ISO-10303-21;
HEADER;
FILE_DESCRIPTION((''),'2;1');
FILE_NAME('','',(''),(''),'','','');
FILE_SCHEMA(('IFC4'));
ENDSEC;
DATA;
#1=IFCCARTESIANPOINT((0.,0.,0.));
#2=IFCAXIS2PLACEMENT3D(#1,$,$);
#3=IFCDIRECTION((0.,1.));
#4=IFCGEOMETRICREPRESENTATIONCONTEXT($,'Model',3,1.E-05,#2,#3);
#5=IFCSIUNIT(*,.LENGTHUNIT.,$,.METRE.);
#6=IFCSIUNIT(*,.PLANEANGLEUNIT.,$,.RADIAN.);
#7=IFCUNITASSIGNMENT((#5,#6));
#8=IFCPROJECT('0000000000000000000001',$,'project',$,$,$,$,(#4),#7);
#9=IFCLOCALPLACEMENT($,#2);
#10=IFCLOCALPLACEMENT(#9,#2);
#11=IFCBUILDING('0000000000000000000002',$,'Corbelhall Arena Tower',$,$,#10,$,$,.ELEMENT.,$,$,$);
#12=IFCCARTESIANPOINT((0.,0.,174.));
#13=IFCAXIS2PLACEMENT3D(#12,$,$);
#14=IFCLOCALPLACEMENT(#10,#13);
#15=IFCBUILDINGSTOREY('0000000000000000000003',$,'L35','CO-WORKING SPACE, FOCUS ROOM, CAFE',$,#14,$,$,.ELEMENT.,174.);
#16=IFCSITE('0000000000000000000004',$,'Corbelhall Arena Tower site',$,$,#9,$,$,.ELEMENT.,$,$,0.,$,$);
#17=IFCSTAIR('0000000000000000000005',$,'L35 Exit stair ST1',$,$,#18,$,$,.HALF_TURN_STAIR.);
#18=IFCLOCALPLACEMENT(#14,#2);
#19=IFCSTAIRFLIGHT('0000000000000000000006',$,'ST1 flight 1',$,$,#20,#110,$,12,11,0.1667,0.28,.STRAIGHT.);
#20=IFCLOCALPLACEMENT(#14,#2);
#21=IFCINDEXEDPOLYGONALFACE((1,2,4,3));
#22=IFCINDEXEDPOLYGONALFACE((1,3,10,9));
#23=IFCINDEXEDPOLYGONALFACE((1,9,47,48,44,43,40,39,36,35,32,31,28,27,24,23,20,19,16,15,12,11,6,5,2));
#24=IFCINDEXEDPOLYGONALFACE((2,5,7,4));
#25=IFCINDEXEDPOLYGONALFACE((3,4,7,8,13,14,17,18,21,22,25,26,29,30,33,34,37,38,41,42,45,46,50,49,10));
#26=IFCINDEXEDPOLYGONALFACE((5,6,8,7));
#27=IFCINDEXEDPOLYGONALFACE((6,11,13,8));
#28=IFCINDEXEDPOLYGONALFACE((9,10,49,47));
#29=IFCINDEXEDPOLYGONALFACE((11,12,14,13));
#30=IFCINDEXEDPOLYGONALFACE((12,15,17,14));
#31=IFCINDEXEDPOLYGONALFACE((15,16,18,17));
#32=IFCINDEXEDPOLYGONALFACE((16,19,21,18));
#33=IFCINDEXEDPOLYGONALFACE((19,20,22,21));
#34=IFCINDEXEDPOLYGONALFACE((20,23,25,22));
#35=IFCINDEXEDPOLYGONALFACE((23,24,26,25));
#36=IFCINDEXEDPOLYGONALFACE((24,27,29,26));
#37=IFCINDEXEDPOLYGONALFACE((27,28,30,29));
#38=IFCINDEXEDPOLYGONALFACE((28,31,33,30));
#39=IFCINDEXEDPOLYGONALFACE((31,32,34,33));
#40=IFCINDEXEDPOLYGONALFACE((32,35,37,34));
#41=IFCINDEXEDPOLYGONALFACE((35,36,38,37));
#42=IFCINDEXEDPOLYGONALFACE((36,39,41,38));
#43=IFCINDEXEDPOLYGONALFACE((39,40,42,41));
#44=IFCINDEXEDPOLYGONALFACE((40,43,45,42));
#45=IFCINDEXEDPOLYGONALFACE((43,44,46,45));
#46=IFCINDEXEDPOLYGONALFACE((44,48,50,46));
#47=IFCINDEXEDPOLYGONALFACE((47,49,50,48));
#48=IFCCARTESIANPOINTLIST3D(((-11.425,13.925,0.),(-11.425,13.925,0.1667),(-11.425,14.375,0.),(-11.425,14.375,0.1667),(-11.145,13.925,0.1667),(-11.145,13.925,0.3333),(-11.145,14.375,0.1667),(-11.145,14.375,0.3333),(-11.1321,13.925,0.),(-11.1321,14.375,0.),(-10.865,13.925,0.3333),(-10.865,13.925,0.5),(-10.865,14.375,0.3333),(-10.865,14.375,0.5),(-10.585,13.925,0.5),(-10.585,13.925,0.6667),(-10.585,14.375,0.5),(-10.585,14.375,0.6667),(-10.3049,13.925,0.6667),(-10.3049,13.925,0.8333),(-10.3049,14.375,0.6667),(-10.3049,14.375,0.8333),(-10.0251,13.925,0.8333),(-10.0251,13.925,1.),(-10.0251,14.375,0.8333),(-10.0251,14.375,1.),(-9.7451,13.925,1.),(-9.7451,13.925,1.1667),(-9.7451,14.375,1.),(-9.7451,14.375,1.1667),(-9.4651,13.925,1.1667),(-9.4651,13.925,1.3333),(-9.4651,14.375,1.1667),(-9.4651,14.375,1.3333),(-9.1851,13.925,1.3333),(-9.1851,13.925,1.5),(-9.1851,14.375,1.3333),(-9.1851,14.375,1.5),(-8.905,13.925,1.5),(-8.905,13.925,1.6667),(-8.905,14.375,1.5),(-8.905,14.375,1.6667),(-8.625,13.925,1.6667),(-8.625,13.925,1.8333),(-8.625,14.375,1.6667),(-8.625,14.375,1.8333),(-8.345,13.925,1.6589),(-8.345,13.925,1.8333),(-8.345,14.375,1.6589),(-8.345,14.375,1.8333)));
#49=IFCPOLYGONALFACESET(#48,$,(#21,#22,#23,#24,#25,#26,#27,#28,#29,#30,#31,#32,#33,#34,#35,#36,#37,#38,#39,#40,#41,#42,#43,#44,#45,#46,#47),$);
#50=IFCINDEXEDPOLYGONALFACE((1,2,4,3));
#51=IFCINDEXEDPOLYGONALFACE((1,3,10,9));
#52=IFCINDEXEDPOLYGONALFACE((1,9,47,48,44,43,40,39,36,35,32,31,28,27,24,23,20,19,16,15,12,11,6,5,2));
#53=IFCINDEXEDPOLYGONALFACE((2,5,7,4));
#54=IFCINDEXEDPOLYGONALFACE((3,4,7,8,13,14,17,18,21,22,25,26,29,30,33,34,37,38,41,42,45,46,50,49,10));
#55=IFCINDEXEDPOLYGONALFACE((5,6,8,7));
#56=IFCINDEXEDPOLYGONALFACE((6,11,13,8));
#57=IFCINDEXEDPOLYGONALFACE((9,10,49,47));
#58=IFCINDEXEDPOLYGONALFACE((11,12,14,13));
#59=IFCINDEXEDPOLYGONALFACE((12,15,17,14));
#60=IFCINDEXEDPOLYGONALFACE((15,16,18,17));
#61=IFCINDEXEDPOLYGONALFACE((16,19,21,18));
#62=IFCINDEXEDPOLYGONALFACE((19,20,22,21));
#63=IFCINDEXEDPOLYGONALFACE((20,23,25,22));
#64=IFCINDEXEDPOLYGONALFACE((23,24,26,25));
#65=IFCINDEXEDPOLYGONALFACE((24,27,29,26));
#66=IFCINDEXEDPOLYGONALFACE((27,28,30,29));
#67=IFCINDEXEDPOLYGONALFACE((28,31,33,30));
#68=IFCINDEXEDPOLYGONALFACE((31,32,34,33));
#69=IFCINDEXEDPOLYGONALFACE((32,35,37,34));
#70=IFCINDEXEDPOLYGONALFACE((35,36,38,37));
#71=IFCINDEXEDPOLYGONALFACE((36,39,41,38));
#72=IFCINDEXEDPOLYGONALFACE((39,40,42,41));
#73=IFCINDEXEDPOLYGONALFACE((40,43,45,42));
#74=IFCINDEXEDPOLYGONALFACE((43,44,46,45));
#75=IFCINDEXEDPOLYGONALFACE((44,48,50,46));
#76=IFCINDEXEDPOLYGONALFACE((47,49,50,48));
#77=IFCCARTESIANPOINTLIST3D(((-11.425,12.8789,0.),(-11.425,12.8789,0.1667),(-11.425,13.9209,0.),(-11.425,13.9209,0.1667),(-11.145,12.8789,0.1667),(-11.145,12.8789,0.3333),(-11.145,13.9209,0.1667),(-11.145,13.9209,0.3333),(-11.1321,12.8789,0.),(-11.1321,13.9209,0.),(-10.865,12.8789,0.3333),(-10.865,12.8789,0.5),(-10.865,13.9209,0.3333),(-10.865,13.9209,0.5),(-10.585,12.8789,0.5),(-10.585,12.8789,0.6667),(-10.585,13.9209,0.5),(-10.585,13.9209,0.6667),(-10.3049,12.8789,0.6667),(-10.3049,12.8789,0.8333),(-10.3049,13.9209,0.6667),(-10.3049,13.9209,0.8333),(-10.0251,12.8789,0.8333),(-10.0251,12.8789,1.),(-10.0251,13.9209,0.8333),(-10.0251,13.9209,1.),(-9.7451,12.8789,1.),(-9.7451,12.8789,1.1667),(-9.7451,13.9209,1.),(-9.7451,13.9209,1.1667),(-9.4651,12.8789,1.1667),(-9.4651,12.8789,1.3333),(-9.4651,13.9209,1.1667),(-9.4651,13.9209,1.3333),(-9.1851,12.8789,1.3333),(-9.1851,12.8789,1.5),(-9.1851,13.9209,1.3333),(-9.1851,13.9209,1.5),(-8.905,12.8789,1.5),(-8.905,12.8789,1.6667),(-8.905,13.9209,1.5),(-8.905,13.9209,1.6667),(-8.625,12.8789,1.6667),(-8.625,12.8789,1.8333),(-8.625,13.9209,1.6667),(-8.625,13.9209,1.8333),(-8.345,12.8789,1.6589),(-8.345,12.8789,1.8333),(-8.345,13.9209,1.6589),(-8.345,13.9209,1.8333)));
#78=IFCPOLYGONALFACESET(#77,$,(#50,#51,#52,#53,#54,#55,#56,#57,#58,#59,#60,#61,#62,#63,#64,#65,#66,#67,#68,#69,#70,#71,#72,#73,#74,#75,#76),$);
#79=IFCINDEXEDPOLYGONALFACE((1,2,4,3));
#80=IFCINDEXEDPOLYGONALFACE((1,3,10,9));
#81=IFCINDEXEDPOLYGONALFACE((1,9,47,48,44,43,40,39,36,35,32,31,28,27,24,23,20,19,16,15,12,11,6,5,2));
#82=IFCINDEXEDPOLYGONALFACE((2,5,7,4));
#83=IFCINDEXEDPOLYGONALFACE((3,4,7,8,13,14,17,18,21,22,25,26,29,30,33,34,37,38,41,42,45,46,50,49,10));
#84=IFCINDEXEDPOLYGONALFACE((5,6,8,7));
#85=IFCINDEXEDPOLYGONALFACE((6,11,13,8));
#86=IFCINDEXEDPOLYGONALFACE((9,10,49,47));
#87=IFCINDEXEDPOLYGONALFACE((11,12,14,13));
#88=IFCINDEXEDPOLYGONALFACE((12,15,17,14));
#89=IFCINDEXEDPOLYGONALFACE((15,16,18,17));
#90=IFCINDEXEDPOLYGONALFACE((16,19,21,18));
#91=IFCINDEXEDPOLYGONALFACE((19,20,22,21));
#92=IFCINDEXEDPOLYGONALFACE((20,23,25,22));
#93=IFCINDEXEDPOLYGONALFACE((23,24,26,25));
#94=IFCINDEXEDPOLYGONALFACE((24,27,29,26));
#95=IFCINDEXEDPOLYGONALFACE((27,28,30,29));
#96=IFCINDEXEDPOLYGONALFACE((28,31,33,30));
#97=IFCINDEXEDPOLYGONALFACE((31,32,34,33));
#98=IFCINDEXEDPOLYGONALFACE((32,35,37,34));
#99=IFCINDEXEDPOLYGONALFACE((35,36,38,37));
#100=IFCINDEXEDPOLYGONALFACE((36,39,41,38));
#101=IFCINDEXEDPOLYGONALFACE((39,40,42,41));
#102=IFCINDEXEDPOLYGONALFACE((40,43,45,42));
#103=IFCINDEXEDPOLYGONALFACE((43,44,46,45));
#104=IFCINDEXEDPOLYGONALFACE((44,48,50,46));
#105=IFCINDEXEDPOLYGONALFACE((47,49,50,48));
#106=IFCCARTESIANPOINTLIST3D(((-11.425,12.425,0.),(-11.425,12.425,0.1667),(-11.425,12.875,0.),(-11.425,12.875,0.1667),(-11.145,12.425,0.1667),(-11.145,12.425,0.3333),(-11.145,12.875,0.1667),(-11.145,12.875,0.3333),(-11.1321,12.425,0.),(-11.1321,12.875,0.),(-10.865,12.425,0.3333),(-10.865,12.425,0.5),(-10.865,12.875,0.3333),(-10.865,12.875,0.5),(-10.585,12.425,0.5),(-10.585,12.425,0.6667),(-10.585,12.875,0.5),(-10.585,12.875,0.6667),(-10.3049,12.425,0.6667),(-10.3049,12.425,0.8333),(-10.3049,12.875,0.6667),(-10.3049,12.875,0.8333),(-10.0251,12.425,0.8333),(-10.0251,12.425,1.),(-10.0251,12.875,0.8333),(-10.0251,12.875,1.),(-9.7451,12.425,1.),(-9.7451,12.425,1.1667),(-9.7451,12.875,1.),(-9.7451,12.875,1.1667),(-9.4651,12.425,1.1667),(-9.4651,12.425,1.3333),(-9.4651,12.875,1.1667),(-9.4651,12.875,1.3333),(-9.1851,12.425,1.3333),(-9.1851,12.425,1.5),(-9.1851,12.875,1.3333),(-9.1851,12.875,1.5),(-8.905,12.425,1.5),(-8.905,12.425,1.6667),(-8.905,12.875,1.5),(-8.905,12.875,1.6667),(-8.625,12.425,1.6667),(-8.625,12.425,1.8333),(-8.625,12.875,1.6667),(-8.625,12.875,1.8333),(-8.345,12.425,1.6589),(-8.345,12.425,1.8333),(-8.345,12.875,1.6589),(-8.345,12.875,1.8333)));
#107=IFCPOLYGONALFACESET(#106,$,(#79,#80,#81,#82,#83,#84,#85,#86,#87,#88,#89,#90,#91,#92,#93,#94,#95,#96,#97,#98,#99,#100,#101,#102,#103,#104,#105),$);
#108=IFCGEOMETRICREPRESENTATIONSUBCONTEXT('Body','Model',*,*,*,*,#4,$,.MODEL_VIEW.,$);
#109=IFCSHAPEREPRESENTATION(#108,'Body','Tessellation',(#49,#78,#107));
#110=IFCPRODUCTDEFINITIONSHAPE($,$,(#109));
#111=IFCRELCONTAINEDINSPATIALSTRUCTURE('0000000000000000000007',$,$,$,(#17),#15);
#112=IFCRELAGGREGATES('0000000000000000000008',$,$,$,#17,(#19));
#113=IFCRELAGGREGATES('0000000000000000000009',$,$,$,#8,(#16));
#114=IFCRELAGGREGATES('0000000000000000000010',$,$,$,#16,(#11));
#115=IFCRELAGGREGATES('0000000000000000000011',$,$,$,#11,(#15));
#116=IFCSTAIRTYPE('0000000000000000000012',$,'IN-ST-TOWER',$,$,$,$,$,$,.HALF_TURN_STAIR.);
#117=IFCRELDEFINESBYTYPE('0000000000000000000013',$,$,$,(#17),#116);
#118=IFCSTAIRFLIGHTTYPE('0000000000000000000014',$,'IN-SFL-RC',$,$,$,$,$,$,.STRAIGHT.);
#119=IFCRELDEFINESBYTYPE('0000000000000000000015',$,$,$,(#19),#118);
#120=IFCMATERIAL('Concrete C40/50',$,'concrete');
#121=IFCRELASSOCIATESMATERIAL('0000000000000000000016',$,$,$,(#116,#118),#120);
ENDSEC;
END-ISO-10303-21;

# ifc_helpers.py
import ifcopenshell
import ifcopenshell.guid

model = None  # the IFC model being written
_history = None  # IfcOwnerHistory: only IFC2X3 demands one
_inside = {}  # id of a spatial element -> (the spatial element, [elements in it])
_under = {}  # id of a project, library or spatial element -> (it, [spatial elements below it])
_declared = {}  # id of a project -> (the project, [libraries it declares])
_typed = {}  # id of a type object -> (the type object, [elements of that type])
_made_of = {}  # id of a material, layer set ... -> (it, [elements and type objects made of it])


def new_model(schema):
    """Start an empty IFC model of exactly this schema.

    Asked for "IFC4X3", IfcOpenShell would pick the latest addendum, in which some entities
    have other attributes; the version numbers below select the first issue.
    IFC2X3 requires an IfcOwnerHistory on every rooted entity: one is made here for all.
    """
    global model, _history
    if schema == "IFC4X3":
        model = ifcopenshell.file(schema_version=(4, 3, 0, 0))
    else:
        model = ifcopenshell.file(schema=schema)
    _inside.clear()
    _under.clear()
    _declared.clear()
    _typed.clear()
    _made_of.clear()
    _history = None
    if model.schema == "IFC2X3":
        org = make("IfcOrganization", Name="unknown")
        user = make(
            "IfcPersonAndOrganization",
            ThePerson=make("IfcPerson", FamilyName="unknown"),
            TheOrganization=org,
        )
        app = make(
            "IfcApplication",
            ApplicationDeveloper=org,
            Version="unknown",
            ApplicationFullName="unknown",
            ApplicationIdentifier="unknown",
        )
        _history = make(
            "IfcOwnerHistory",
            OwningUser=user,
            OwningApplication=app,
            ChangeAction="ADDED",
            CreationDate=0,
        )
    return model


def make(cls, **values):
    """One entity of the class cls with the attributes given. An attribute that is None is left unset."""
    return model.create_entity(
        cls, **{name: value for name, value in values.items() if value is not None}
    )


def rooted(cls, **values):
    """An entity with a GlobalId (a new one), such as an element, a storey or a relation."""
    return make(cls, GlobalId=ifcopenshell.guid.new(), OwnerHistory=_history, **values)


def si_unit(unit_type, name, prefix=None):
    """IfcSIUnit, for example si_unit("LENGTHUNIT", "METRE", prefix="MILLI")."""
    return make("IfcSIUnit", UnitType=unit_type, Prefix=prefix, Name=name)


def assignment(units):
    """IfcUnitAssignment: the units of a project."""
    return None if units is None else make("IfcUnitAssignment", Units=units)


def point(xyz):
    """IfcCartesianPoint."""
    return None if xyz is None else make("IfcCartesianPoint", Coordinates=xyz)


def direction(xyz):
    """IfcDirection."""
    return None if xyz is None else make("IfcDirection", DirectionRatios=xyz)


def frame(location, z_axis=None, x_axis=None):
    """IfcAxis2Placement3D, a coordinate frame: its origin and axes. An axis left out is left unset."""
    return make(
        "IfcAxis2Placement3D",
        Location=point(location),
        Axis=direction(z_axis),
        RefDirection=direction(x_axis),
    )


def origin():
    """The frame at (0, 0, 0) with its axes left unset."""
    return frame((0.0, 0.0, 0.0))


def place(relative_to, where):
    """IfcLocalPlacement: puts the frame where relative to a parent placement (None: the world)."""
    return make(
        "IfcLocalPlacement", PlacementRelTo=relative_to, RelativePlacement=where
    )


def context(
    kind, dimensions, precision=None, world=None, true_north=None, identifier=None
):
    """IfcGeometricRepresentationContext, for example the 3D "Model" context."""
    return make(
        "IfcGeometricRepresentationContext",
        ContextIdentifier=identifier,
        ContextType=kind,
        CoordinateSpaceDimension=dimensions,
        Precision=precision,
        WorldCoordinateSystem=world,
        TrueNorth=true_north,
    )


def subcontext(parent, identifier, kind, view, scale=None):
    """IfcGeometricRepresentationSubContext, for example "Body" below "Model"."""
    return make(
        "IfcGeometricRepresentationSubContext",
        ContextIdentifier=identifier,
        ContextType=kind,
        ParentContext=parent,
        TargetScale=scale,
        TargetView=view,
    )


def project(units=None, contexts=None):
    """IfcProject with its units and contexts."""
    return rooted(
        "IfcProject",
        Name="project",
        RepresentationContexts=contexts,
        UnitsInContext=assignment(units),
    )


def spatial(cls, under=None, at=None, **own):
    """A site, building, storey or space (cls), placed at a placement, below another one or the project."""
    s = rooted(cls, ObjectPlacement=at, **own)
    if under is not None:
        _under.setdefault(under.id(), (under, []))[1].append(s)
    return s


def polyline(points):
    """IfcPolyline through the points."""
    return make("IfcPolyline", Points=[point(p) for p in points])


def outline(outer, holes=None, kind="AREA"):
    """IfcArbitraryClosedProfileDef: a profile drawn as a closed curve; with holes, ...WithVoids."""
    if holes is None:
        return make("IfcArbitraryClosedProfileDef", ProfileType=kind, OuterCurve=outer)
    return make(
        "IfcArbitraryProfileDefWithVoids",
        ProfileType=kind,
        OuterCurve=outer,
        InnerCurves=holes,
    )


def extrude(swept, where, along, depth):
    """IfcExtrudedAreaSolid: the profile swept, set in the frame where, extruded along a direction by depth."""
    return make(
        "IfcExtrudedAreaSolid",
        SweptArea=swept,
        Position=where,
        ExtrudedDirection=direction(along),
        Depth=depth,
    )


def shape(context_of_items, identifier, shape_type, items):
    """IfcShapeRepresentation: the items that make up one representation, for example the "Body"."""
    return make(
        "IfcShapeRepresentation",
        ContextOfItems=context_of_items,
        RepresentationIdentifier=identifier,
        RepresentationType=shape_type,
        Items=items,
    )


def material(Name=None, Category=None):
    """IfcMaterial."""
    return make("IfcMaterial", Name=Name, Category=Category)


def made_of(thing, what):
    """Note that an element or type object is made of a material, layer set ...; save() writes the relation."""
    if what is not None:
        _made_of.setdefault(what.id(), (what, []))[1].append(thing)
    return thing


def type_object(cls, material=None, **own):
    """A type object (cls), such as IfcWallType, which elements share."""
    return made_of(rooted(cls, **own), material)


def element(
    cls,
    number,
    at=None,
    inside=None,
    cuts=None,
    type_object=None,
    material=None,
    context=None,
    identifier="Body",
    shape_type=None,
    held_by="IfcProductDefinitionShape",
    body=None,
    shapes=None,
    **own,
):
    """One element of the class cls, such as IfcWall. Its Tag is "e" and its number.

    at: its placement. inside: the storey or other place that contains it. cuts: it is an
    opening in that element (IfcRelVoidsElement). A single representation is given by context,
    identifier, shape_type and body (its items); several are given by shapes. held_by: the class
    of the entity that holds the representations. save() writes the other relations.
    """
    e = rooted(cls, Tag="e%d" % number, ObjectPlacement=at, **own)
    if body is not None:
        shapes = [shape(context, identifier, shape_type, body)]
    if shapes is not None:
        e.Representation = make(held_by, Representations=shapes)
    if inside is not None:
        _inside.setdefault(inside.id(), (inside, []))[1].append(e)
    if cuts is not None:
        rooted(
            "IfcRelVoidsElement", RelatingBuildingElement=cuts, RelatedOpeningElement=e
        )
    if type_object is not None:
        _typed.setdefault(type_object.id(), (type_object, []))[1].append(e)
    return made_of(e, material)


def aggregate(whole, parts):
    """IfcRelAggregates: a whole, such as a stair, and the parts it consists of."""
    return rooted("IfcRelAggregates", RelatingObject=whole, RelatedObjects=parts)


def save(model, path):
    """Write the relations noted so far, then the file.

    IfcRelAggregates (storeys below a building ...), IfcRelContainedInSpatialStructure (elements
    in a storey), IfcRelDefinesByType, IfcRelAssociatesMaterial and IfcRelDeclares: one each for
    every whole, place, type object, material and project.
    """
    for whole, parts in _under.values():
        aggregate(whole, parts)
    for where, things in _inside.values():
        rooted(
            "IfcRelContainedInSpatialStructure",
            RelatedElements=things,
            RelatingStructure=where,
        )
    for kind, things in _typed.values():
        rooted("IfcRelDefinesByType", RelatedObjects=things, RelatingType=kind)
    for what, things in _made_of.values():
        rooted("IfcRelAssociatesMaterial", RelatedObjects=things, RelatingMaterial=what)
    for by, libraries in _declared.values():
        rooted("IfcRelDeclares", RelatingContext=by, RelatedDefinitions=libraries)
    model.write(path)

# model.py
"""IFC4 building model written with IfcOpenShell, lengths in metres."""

from ifc_helpers import new_model, si_unit, direction, frame, origin, place, context, subcontext, project, spatial, polyline, outline, extrude, material, type_object, element, aggregate, save


model = new_model("IFC4")

# Units and contexts
model_context = context("Model", 3, precision=1e-05, world=origin(), true_north=direction((0.0, 1.0)))
body_context = subcontext(model_context, "Body", "Model", "MODEL_VIEW")
ifc_project = project(units=[si_unit("LENGTHUNIT", "METRE"), si_unit("PLANEANGLEUNIT", "RADIAN")], contexts=[model_context])

# Site, building, storey
site_placement = place(None, origin())
site = spatial("IfcSite", under=ifc_project, at=site_placement, Name="Corbelhall Arena Tower site", CompositionType="ELEMENT", RefElevation=0.0)
building_placement = place(site_placement, origin())
building = spatial("IfcBuilding", under=site, at=building_placement, Name="Corbelhall Arena Tower", CompositionType="ELEMENT")
storey_placement = place(building_placement, frame((0.0, 0.0, 174.0)))
storey = spatial("IfcBuildingStorey", under=building, at=storey_placement, Name="L35", Description="CO-WORKING SPACE, FOCUS ROOM, CAFE", CompositionType="ELEMENT", Elevation=174.0)

# Shared definitions
ifc_material_1 = material(Name="Concrete C40/50", Category="concrete")

# Stair, stair flight
stair_type = type_object("IfcStairType", Name="IN-ST-TOWER", PredefinedType="HALF_TURN_STAIR", material=ifc_material_1)
stair_placement = place(storey_placement, origin())
stair = element("IfcStair", 1, at=stair_placement, inside=storey, type_object=stair_type, Name="L35 Exit stair ST1", PredefinedType="HALF_TURN_STAIR")
stair_flight_type = type_object("IfcStairFlightType", Name="IN-SFL-RC", PredefinedType="STRAIGHT", material=ifc_material_1)
stair_flight_placement = place(storey_placement, frame((-11.425, 13.3999, 0.0), z_axis=(0.0, 0.0, 1.0), x_axis=(1.0, 0.0, 0.0)))
stair_flight = element("IfcStairFlight", 2, at=stair_flight_placement, type_object=stair_flight_type, Name="ST1 flight 1", NumberOfRisers=12, NumberOfTreads=11, PredefinedType="STRAIGHT", RiserHeight=0.1667, TreadLength=0.28, context=body_context, shape_type="SweptSolid", body=[
    extrude(outline(polyline([(0.0, 0.0), (0.0, 0.1667), (0.28, 0.1667), (0.28, 0.3333), (0.5601, 0.3333), (0.5601, 0.5), (0.8401, 0.5), (0.8401, 0.6667), (1.1201, 0.6667), (1.1201, 0.8333), (1.3999, 0.8333), (1.3999, 1.0), (1.6799, 1.0), (1.6799, 1.1667), (1.96, 1.1667), (1.96, 1.3333), (2.24, 1.3333), (2.24, 1.5), (2.52, 1.5), (2.52, 1.6667), (2.8, 1.6667), (2.8, 1.8333), (3.0801, 1.8333), (3.0801, 2.0), (3.0801, 1.6589), (0.293, 0.0), (0.0, 0.0)])), frame((0.0, 0.9751, 0.0), z_axis=(0.0, -1.0, 0.0), x_axis=(1.0, 0.0, 0.0)), (0.0, 0.0, 1.0), 0.45),
    extrude(outline(polyline([(0.0, 0.0), (0.0, 0.1667), (0.28, 0.1667), (0.28, 0.3333), (0.5601, 0.3333), (0.5601, 0.5), (0.8401, 0.5), (0.8401, 0.6667), (1.1201, 0.6667), (1.1201, 0.8333), (1.3999, 0.8333), (1.3999, 1.0), (1.6799, 1.0), (1.6799, 1.1667), (1.96, 1.1667), (1.96, 1.3333), (2.24, 1.3333), (2.24, 1.5), (2.52, 1.5), (2.52, 1.6667), (2.8, 1.6667), (2.8, 1.8333), (3.0801, 1.8333), (3.0801, 2.0), (3.0801, 1.6589), (0.293, 0.0), (0.0, 0.0)])), frame((0.0, 0.521, 0.0), z_axis=(0.0, -1.0, 0.0), x_axis=(1.0, 0.0, 0.0)), (0.0, 0.0, 1.0), 1.042),
    extrude(outline(polyline([(0.0, 0.0), (0.0, 0.1667), (0.28, 0.1667), (0.28, 0.3333), (0.5601, 0.3333), (0.5601, 0.5), (0.8401, 0.5), (0.8401, 0.6667), (1.1201, 0.6667), (1.1201, 0.8333), (1.3999, 0.8333), (1.3999, 1.0), (1.6799, 1.0), (1.6799, 1.1667), (1.96, 1.1667), (1.96, 1.3333), (2.24, 1.3333), (2.24, 1.5), (2.52, 1.5), (2.52, 1.6667), (2.8, 1.6667), (2.8, 1.8333), (3.0801, 1.8333), (3.0801, 2.0), (3.0801, 1.6589), (0.293, 0.0), (0.0, 0.0)])), frame((0.0, -0.5249, 0.0), z_axis=(0.0, -1.0, 0.0), x_axis=(1.0, 0.0, 0.0)), (0.0, 0.0, 1.0), 0.45),
])
aggregate(stair, [stair_flight])

save(model, "model.ifc")
